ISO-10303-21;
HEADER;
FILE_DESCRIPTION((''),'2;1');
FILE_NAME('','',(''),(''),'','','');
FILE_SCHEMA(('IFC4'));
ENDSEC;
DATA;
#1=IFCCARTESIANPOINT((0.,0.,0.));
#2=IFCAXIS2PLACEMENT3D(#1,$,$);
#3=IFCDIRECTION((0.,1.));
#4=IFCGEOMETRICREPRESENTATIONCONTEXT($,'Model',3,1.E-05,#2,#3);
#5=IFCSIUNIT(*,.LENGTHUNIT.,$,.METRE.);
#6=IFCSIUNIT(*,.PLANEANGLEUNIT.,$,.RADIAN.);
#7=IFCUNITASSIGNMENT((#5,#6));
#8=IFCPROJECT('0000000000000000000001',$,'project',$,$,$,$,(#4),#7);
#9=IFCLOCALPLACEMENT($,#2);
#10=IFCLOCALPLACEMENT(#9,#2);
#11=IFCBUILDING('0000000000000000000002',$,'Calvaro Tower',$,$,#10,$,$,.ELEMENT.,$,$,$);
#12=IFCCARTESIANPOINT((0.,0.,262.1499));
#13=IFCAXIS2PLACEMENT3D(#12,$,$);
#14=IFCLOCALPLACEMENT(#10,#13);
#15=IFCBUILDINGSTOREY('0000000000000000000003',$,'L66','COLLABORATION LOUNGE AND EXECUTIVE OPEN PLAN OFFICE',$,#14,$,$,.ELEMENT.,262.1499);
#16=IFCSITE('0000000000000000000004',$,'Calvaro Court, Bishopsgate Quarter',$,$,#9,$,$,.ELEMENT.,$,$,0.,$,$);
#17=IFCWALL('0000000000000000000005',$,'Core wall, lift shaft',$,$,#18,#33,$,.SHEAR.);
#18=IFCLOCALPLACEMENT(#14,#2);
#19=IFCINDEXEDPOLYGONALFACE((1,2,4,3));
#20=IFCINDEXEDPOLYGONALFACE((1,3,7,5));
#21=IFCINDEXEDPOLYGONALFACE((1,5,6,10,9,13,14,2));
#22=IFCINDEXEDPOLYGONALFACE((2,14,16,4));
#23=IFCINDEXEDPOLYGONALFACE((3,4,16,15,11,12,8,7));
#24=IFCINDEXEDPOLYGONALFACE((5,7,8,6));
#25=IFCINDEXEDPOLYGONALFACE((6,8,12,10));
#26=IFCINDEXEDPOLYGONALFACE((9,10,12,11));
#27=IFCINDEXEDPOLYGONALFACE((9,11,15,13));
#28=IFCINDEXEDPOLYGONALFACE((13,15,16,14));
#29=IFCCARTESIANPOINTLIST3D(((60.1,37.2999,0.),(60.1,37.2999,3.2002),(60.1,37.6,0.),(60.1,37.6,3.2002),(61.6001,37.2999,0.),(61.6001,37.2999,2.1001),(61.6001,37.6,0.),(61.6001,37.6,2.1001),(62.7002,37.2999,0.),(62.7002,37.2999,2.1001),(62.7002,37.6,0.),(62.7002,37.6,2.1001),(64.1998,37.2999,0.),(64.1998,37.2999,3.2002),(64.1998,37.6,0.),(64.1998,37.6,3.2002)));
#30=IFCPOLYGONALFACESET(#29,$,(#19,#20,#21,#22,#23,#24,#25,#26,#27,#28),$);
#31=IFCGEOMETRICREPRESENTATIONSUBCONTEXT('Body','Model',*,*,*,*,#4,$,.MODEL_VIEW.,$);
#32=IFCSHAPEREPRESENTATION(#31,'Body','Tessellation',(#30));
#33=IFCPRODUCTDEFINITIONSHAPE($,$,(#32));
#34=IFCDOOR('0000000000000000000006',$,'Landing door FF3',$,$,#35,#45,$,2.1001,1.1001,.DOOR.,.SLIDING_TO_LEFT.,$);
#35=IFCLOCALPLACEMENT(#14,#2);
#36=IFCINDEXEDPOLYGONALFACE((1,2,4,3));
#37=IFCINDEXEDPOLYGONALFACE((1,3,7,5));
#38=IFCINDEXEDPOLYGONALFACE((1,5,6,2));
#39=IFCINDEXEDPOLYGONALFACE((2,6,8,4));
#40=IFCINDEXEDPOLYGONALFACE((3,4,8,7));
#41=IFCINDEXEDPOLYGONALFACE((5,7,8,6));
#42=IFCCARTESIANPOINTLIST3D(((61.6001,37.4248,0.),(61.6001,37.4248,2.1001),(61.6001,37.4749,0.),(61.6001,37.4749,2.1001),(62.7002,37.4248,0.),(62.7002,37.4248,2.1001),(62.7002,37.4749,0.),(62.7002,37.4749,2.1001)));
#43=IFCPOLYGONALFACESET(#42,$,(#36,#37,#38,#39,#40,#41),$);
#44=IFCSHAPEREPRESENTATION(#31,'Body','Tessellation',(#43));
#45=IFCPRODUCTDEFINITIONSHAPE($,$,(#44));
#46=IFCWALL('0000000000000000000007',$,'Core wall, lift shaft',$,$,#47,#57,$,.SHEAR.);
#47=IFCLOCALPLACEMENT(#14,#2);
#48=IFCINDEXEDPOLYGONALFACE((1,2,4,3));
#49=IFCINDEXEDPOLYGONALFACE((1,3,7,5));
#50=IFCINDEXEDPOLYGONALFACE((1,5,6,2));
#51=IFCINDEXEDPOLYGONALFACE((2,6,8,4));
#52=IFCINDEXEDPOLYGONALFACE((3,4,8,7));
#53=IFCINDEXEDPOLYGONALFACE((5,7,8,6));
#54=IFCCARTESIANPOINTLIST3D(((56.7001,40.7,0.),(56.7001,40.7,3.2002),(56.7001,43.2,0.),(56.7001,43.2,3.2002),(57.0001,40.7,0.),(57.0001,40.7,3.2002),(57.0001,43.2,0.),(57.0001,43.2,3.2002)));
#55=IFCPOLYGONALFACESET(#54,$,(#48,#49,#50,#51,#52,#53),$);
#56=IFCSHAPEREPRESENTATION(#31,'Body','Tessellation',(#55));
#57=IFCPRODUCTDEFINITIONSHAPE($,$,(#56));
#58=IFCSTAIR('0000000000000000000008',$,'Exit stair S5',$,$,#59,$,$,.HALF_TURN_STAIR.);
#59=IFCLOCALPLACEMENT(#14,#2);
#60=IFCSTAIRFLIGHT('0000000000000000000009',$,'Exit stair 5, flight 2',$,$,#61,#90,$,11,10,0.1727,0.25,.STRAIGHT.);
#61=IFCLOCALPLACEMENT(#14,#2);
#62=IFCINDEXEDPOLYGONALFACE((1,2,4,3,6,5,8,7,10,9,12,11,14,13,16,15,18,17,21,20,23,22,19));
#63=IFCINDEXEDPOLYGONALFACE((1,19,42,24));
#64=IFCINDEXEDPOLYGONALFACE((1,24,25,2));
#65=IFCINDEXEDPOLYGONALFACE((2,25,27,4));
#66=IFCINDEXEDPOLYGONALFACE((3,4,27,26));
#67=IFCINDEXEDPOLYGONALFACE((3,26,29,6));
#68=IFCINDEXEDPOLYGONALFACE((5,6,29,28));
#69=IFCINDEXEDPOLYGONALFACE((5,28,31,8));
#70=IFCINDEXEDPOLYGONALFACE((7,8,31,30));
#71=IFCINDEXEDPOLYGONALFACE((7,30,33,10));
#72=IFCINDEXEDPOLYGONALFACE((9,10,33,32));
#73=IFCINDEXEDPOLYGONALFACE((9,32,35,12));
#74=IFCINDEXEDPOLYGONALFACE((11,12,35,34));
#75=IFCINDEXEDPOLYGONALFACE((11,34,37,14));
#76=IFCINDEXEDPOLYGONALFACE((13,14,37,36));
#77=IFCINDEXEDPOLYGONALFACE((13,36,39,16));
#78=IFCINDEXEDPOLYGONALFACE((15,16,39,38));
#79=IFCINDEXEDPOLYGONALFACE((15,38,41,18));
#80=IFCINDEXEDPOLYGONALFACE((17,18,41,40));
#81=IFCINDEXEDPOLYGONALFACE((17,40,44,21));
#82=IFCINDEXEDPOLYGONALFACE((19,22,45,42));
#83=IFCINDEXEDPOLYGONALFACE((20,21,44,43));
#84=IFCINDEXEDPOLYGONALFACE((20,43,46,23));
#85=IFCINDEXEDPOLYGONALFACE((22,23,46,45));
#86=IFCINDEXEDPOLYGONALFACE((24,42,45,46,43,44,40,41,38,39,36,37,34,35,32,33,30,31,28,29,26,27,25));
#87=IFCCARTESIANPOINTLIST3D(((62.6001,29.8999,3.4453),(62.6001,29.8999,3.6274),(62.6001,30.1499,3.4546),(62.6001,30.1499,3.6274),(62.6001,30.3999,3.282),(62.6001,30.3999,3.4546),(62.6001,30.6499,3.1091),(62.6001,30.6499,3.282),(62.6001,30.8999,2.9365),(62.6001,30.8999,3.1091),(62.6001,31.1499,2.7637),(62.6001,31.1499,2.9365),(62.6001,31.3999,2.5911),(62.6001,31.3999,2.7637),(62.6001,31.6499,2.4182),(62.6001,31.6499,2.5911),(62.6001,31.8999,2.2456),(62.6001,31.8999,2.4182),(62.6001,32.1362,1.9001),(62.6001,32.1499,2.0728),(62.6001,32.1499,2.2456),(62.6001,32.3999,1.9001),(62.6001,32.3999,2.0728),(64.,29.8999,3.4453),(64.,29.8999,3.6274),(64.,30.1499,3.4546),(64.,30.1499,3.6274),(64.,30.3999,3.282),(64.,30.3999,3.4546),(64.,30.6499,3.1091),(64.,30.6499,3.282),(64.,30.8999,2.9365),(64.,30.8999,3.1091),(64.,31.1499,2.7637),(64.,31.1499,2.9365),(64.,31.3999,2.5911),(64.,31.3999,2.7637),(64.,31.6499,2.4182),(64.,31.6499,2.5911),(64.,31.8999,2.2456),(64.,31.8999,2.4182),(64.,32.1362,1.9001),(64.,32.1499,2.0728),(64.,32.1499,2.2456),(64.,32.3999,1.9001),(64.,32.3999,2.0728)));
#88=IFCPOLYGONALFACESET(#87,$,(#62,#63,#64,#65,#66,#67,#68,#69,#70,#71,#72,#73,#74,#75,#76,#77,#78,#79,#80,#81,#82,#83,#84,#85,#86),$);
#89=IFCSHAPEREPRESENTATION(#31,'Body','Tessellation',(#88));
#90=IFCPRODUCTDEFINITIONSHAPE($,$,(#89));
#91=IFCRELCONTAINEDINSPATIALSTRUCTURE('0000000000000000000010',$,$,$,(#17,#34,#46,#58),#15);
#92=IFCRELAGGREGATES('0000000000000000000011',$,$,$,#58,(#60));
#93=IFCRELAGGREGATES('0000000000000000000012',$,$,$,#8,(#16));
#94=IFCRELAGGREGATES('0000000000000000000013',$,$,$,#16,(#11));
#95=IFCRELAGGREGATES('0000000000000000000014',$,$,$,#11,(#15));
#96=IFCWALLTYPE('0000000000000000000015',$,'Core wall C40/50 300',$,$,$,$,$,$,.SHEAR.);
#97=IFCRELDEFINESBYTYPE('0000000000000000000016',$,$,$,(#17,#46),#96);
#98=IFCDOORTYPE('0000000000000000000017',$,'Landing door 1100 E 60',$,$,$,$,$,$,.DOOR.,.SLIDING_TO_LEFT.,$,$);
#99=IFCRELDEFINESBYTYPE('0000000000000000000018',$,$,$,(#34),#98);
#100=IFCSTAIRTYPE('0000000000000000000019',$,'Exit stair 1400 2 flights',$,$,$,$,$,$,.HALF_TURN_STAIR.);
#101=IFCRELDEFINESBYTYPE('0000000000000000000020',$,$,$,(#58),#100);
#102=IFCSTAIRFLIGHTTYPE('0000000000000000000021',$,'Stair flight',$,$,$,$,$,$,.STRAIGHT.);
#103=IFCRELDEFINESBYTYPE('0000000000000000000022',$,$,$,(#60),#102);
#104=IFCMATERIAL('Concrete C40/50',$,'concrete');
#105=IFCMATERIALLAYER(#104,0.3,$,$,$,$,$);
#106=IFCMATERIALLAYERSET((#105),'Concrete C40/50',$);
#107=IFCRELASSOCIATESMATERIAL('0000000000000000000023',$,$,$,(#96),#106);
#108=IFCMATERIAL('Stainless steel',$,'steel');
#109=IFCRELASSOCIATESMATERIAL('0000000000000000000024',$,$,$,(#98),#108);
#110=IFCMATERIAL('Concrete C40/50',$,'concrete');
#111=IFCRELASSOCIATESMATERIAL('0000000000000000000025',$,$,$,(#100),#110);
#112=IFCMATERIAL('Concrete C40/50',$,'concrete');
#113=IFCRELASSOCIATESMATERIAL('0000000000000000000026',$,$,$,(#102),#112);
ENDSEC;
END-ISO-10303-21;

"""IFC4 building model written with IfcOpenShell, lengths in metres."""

from ifc_helpers import new_model, si_unit, direction, frame, frame_2d, origin, place, context, subcontext, project, spatial, polyline, rectangle, outline, extrude, material, layer, layer_set, type_object, element, fill, aggregate, save


model = new_model("IFC4")

# Units and contexts
model_context = context("Model", 3, precision=1e-05, world=origin(), true_north=direction((0.0, 1.0)))
body_context = subcontext(model_context, "Body", "Model", "MODEL_VIEW")
ifc_project = project(units=[si_unit("LENGTHUNIT", "METRE"), si_unit("PLANEANGLEUNIT", "RADIAN")], contexts=[model_context])

# Site, building, storey
site_placement = place(None, origin())
site = spatial("IfcSite", under=ifc_project, at=site_placement, Name="Calvaro Court, Bishopsgate Quarter", CompositionType="ELEMENT", RefElevation=0.0)
building_placement = place(site_placement, origin())
building = spatial("IfcBuilding", under=site, at=building_placement, Name="Calvaro Tower", CompositionType="ELEMENT")
storey_placement = place(building_placement, frame((0.0, 0.0, 262.1499)))
storey = spatial("IfcBuildingStorey", under=building, at=storey_placement, Name="L66", Description="COLLABORATION LOUNGE AND EXECUTIVE OPEN PLAN OFFICE", CompositionType="ELEMENT", Elevation=262.1499)

# Shared definitions
ifc_material_1 = material(Name="Concrete C40/50", Category="concrete")
ifc_layer_1 = layer(ifc_material_1, 0.3)
ifc_layer_set_1 = layer_set([ifc_layer_1], Name="Concrete C40/50")
wall_type_1 = type_object("IfcWallType", Name="Core wall C40/50 300", PredefinedType="SHEAR", material=ifc_layer_set_1)

# Wall, opening, door
wall_1_placement = place(storey_placement, frame((60.1001, 37.45, 0.0), z_axis=(0.0, 0.0, 1.0), x_axis=(1.0, 0.0, 0.0)))
wall_1 = element("IfcWall", 1, at=wall_1_placement, inside=storey, type_object=wall_type_1, Name="Core wall, lift shaft", PredefinedType="SHEAR", context=body_context, shape_type="SweptSolid", body=[
    extrude(rectangle(XDim=4.0999, YDim=0.3, at=frame_2d((2.0498, 0.0))), origin(), (0.0, 0.0, 1.0), 3.2002),
])
opening_1_placement = place(wall_1_placement, frame((1.5, 0.0, 0.0)))
opening_1 = element("IfcOpeningElement", 2, at=opening_1_placement, cuts=wall_1, PredefinedType="OPENING", context=body_context, shape_type="SweptSolid", body=[
    extrude(rectangle(XDim=1.1001, YDim=2.1001, at=frame_2d((0.55, 1.05))), frame((0.0, 0.1599, 0.0), z_axis=(0.0, -1.0, 0.0), x_axis=(1.0, 0.0, 0.0)), (0.0, 0.0, 1.0), 0.3201),
])
ifc_material_2 = material(Name="Stainless steel", Category="steel")
door_type_1 = type_object("IfcDoorType", Name="Landing door 1100 E 60", OperationType="SLIDING_TO_LEFT", PredefinedType="DOOR", material=ifc_material_2)
door_1_placement = place(opening_1_placement, origin())
door_1 = element("IfcDoor", 3, at=door_1_placement, inside=storey, type_object=door_type_1, Name="Landing door FF3", OperationType="SLIDING_TO_LEFT", OverallHeight=2.1001, OverallWidth=1.1001, PredefinedType="DOOR", context=body_context, shape_type="SweptSolid", body=[
    extrude(rectangle(XDim=1.1001, YDim=2.1001, at=frame_2d((0.55, 1.05))), frame((0.0, 0.0249, 0.0), z_axis=(0.0, -1.0, 0.0), x_axis=(1.0, 0.0, 0.0)), (0.0, 0.0, 1.0), 0.05),
])
fill(opening_1, door_1)

# Wall
wall_2_placement = place(storey_placement, frame((56.8501, 40.7, 0.0), z_axis=(0.0, 0.0, 1.0), x_axis=(0.0, 1.0, 0.0)))
element("IfcWall", 4, at=wall_2_placement, inside=storey, type_object=wall_type_1, Name="Core wall, lift shaft", PredefinedType="SHEAR", context=body_context, shape_type="SweptSolid", body=[
    extrude(rectangle(XDim=2.5, YDim=0.3, at=frame_2d((1.25, 0.0))), origin(), (0.0, 0.0, 1.0), 3.2002),
])

# Stair, stair flight
ifc_material_3 = material(Name="Concrete C40/50", Category="concrete")
stair_type = type_object("IfcStairType", Name="Exit stair 1400 2 flights", PredefinedType="HALF_TURN_STAIR", material=ifc_material_3)
stair_placement = place(storey_placement, origin())
stair = element("IfcStair", 5, at=stair_placement, inside=storey, type_object=stair_type, Name="Exit stair S5", PredefinedType="HALF_TURN_STAIR")
ifc_material_4 = material(Name="Concrete C40/50", Category="concrete")
stair_flight_type = type_object("IfcStairFlightType", Name="Stair flight", PredefinedType="STRAIGHT", material=ifc_material_4)
stair_flight_placement = place(storey_placement, frame((63.3, 32.3999, 1.9001), z_axis=(0.0, 0.0, 1.0), x_axis=(0.0, -1.0, 0.0)))
stair_flight = element("IfcStairFlight", 6, at=stair_flight_placement, type_object=stair_flight_type, Name="Exit stair 5, flight 2", NumberOfRisers=11, NumberOfTreads=10, PredefinedType="STRAIGHT", RiserHeight=0.1727, TreadLength=0.25, context=body_context, shape_type="SweptSolid", body=[
    extrude(outline(polyline([(0.0, 0.0), (0.0, 0.1726), (0.25, 0.1726), (0.25, 0.3455), (0.5, 0.3455), (0.5, 0.5181), (0.75, 0.5181), (0.75, 0.6909), (1.0, 0.6909), (1.0, 0.8635), (1.25, 0.8635), (1.25, 1.0364), (1.5, 1.0364), (1.5, 1.209), (1.75, 1.209), (1.75, 1.3818), (2.0, 1.3818), (2.0, 1.5544), (2.25, 1.5544), (2.25, 1.7273), (2.5, 1.7273), (2.5, 1.8999), (2.5, 1.5452), (0.2637, 0.0), (0.0, 0.0)])), frame((0.0, 0.7, 0.0), z_axis=(0.0, -1.0, 0.0), x_axis=(1.0, 0.0, 0.0)), (0.0, 0.0, 1.0), 1.3999),
])
aggregate(stair, [stair_flight])

save(model, "model.ifc")
